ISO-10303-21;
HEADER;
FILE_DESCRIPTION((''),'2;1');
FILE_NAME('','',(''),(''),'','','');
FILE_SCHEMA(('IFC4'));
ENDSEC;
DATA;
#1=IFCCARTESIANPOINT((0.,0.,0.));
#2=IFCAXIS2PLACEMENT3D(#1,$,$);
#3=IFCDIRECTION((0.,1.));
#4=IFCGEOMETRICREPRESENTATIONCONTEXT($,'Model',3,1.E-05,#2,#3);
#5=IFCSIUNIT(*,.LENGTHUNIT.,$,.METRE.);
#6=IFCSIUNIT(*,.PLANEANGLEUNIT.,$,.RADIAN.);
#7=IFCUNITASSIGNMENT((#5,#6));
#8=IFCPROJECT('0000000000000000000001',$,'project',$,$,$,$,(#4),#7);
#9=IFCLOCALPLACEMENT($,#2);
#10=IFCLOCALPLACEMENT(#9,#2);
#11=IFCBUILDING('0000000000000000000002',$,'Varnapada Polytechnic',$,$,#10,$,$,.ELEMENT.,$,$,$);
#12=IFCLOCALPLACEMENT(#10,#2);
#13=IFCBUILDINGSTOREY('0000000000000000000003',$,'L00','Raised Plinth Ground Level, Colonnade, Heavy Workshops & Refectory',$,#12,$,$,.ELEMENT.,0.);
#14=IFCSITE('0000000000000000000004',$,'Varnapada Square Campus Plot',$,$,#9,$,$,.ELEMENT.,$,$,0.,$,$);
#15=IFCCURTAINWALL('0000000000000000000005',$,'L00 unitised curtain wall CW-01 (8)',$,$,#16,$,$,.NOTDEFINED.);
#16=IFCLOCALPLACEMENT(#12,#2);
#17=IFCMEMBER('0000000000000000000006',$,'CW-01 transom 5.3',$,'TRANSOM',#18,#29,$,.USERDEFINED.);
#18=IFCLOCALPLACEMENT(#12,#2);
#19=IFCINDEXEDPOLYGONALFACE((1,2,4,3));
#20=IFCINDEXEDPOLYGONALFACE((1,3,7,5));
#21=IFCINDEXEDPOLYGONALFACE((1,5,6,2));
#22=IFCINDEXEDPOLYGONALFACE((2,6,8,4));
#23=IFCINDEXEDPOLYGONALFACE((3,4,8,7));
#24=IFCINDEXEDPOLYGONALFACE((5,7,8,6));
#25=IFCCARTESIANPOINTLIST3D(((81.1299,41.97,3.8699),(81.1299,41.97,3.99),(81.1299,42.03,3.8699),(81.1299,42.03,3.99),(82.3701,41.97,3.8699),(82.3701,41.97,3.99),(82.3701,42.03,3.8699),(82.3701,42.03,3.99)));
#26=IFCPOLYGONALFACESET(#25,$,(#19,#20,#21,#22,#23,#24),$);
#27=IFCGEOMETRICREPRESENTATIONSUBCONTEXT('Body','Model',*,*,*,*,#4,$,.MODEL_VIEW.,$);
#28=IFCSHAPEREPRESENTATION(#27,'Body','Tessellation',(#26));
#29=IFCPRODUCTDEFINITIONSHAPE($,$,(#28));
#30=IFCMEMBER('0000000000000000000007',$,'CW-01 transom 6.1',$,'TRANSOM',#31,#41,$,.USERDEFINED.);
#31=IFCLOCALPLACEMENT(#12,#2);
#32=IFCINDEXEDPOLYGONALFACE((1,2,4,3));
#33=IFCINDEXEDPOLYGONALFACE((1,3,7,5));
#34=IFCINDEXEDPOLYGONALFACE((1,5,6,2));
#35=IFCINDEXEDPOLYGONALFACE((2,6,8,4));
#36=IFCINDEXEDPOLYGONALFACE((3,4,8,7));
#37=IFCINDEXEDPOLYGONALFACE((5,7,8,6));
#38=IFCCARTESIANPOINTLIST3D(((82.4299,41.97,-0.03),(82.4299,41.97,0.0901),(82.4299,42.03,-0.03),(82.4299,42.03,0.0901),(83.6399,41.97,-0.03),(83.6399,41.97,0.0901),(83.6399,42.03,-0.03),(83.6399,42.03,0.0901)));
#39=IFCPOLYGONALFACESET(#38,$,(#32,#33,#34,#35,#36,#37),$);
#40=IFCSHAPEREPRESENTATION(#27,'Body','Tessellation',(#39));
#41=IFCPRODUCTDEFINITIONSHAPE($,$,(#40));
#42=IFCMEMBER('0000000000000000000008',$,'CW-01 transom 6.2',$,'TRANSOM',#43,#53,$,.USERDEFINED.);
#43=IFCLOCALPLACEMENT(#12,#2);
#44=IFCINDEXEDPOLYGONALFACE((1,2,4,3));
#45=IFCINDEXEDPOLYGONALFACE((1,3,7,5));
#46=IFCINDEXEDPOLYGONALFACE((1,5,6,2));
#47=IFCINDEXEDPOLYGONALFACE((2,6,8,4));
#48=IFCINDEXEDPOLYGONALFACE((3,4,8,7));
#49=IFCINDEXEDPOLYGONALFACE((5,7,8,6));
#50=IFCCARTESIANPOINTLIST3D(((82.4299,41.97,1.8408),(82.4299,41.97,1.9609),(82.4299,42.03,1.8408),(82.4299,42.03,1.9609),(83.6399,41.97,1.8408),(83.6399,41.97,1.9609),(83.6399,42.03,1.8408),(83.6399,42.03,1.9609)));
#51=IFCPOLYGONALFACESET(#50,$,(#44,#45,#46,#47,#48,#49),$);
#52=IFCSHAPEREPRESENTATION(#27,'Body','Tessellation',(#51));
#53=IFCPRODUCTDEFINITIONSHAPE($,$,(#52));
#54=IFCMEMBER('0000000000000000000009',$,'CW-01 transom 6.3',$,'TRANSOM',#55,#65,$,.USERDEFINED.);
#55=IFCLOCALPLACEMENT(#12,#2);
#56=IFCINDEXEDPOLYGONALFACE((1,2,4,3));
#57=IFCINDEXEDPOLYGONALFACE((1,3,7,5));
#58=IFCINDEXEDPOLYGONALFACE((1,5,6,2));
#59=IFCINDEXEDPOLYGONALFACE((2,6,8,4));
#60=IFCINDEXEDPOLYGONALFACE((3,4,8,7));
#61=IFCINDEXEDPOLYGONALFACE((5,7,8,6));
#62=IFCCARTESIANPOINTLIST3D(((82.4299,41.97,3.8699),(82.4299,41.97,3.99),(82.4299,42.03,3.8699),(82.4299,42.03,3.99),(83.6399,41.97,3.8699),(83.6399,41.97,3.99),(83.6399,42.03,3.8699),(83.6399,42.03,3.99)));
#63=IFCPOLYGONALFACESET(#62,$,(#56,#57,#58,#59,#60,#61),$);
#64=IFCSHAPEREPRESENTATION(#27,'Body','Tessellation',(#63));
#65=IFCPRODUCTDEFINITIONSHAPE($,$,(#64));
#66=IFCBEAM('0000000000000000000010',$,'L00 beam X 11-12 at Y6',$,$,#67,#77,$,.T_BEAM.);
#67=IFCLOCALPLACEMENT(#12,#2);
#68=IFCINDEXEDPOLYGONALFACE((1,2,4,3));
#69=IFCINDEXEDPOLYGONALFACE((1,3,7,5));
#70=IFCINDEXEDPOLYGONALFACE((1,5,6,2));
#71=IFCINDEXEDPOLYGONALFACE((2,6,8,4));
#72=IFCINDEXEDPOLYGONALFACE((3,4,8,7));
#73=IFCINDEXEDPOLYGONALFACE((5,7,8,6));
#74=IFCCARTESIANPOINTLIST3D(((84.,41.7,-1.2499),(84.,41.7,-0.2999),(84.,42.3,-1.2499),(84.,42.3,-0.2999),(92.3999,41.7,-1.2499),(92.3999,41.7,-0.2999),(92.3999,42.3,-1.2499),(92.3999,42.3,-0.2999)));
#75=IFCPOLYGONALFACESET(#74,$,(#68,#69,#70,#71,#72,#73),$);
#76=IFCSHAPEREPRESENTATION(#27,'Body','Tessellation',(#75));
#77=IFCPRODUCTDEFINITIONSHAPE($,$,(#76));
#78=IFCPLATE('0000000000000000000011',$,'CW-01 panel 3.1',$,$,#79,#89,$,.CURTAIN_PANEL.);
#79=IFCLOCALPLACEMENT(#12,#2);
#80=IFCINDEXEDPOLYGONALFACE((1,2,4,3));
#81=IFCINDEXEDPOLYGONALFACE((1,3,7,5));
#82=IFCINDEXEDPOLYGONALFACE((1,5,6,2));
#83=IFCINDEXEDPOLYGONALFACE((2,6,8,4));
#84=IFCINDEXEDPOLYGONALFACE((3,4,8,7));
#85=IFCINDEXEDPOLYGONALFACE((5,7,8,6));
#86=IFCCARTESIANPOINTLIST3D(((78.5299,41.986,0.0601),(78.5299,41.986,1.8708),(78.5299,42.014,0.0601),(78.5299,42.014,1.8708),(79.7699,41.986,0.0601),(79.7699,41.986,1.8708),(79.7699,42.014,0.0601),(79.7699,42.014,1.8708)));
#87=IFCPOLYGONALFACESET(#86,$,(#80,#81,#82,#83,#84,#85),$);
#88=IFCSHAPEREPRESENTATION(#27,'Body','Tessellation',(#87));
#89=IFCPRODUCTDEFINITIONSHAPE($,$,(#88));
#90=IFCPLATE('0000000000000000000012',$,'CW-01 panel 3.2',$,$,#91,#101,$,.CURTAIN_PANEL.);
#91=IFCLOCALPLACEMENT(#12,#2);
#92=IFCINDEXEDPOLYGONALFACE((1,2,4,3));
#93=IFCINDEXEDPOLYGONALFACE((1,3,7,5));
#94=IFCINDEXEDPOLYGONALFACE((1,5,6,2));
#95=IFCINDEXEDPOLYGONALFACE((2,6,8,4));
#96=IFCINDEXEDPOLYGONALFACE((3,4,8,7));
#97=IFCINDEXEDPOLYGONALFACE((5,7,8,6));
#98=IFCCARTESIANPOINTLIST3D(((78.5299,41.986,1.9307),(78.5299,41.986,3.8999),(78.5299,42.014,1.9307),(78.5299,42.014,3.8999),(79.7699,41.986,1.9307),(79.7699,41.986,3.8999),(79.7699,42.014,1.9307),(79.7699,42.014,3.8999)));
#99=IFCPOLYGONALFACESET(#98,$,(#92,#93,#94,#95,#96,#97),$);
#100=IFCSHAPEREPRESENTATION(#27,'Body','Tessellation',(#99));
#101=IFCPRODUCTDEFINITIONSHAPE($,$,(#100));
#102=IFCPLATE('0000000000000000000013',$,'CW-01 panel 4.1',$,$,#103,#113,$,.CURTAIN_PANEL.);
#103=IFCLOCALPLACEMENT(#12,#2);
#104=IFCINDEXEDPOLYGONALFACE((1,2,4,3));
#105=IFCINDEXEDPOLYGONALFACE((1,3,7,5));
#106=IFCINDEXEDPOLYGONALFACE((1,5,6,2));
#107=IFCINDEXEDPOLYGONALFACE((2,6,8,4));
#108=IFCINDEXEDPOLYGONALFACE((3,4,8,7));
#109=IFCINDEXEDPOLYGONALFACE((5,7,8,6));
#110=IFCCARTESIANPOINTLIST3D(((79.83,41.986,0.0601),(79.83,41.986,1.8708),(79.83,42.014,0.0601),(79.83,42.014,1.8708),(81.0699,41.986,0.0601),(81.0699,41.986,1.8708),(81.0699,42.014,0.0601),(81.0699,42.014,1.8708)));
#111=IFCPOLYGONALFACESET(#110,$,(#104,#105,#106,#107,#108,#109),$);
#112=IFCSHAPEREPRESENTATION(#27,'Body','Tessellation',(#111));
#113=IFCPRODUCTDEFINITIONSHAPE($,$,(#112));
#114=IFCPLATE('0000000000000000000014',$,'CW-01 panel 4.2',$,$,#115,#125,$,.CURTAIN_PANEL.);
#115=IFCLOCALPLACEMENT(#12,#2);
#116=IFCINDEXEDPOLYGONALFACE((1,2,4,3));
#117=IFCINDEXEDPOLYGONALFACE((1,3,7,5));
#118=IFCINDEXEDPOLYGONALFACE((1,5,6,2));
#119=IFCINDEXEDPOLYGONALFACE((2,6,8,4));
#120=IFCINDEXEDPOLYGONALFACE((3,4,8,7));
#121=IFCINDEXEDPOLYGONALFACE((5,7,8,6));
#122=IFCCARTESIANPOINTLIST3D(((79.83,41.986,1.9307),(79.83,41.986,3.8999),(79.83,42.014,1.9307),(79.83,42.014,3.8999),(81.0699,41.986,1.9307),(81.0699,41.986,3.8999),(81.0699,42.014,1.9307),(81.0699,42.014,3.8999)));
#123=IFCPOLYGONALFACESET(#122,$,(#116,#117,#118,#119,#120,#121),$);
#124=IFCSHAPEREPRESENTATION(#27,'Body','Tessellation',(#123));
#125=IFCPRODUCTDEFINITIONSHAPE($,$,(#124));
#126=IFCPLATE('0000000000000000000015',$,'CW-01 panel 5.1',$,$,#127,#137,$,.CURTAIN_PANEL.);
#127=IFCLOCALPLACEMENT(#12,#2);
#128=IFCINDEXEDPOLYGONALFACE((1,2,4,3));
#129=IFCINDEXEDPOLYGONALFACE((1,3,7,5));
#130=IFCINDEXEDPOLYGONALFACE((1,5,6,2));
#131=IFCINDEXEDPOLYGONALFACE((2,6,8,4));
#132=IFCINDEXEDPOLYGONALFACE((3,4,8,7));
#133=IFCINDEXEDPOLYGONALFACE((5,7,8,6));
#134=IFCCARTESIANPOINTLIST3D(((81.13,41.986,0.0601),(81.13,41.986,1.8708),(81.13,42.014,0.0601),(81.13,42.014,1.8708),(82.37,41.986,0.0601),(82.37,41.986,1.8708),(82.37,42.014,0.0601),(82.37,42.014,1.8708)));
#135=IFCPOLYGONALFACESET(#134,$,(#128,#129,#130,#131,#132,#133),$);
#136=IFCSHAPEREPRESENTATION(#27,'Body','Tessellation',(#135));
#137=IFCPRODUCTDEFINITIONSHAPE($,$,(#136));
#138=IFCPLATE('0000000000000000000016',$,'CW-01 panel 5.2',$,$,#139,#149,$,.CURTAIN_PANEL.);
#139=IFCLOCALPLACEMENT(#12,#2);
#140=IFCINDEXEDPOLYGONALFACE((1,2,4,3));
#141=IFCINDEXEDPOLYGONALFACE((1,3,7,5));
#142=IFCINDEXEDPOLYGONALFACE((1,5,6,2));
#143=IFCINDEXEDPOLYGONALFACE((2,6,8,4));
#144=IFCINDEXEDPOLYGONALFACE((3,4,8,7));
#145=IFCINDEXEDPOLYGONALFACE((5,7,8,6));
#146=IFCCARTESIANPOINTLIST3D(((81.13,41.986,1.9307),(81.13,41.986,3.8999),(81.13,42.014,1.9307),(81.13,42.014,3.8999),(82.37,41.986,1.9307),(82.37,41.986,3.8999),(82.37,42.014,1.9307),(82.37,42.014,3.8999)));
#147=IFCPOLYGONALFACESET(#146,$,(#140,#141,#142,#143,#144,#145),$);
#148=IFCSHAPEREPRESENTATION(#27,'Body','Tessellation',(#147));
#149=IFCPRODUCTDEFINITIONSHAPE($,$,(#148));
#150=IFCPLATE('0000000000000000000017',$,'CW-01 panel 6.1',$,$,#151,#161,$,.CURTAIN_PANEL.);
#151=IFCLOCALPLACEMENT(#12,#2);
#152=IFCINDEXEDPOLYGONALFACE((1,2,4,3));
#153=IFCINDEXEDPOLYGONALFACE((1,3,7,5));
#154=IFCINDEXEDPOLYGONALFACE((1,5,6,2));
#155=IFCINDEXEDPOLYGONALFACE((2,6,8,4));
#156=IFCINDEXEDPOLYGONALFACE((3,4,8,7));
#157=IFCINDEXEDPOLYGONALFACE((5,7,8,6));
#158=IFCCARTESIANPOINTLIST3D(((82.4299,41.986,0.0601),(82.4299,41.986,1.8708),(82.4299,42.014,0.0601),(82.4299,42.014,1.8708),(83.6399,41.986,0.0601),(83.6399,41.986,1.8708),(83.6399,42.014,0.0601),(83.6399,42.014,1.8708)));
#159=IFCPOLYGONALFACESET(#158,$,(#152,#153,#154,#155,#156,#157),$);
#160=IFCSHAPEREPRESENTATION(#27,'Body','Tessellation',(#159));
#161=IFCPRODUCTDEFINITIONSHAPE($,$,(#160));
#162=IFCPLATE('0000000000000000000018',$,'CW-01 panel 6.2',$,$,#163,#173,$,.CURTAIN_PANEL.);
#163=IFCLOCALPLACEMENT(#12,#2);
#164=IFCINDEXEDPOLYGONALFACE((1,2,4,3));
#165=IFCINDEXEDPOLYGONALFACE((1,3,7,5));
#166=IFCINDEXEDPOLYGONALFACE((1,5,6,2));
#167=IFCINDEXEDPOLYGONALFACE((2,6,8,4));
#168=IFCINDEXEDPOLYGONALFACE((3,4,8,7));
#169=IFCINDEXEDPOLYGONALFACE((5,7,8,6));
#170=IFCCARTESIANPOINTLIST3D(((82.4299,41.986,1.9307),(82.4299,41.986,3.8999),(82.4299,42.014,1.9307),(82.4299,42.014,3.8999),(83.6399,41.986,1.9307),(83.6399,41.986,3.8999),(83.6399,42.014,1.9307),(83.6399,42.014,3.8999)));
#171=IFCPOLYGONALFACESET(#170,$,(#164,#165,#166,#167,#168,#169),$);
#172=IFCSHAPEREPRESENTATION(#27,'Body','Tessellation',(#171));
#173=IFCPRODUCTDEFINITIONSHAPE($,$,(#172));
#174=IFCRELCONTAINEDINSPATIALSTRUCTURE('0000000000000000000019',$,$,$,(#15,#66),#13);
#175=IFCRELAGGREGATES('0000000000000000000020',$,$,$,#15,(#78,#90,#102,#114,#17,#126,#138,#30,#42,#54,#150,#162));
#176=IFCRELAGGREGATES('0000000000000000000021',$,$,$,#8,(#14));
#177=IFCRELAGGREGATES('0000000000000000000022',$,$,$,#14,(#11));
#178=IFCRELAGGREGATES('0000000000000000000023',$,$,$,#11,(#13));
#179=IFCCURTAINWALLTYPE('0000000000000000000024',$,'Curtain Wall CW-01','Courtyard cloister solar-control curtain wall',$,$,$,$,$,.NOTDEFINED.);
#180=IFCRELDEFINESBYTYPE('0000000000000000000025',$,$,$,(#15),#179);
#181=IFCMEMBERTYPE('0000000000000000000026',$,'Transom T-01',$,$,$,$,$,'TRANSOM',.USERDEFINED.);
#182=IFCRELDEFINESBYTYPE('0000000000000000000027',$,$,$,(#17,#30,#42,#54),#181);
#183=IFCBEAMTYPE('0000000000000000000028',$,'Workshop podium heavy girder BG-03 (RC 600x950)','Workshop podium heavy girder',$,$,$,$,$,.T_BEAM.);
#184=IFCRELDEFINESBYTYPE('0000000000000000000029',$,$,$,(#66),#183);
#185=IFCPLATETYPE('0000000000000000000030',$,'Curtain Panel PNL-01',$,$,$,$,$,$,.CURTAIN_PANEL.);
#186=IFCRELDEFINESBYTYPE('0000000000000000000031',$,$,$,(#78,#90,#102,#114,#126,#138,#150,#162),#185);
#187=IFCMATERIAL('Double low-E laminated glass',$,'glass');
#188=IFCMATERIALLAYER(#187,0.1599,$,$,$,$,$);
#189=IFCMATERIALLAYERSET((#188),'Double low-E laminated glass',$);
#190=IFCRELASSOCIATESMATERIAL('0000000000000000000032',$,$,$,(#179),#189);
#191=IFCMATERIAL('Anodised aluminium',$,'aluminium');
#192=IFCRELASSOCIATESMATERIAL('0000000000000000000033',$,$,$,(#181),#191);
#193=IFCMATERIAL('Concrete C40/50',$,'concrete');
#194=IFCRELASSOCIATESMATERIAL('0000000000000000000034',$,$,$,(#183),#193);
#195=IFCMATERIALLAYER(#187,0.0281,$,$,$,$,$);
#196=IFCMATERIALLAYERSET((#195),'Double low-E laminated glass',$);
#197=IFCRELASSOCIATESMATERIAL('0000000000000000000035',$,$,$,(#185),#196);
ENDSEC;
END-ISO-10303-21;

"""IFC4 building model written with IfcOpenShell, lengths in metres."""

from ifc_helpers import new_model, si_unit, direction, frame, origin, origin_2d, place, context, subcontext, project, spatial, rectangle, extrude, material, layer, layer_set, material_profile, profile_set, type_object, element, aggregate, save


model = new_model("IFC4")

# Units and contexts
model_context = context("Model", 3, precision=1e-05, world=origin(), true_north=direction((0.0, 1.0)))
body_context = subcontext(model_context, "Body", "Model", "MODEL_VIEW")
ifc_project = project(units=[si_unit("LENGTHUNIT", "METRE"), si_unit("PLANEANGLEUNIT", "RADIAN")], contexts=[model_context])

# Site, building, storey
site_placement = place(None, origin())
site = spatial("IfcSite", under=ifc_project, at=site_placement, Name="Varnapada Square Campus Plot", CompositionType="ELEMENT", RefElevation=0.0)
building_placement = place(site_placement, origin())
building = spatial("IfcBuilding", under=site, at=building_placement, Name="Varnapada Polytechnic", CompositionType="ELEMENT")
storey_placement = place(building_placement, origin())
storey = spatial("IfcBuildingStorey", under=building, at=storey_placement, Name="L00", Description="Raised Plinth Ground Level, Colonnade, Heavy Workshops & Refectory", CompositionType="ELEMENT", Elevation=0.0)

# Shared definitions
ifc_material_1 = material(Name="Concrete C40/50", Category="concrete")

# Curtain wall, members
ifc_material_2 = material(Name="Double low-E laminated glass", Category="glass")
ifc_layer_1 = layer(ifc_material_2, 0.1599)
ifc_layer_set_1 = layer_set([ifc_layer_1], Name="Double low-E laminated glass")
curtain_wall_type = type_object("IfcCurtainWallType", Name="Curtain Wall CW-01", Description="Courtyard cloister solar-control curtain wall", PredefinedType="NOTDEFINED", material=ifc_layer_set_1)
curtain_wall_placement = place(storey_placement, origin())
curtain_wall = element("IfcCurtainWall", 1, at=curtain_wall_placement, inside=storey, type_object=curtain_wall_type, Name="L00 unitised curtain wall CW-01 (8)", PredefinedType="NOTDEFINED")
ifc_material_3 = material(Name="Anodised aluminium", Category="aluminium")
ifc_material_profile_1 = material_profile(ifc_material_3, rectangle(XDim=0.0601, YDim=0.1201, at=origin_2d()), Name="ALU T60x120")
ifc_profile_set_1 = profile_set([ifc_material_profile_1], Name="Anodised aluminium")
member_type_1 = type_object("IfcMemberType", Name="Transom T-01", ElementType="TRANSOM", PredefinedType="USERDEFINED", material=ifc_profile_set_1)
member_1_placement = place(storey_placement, frame((81.1299, 42.0, 3.9299), z_axis=(1.0, 0.0, 0.0), x_axis=(0.0, 1.0, 0.0)))
member_1 = element("IfcMember", 2, at=member_1_placement, type_object=member_type_1, Name="CW-01 transom 5.3", ObjectType="TRANSOM", PredefinedType="USERDEFINED", context=body_context, shape_type="SweptSolid", body=[
    extrude(rectangle(XDim=0.0601, YDim=0.1201, at=origin_2d()), origin(), (0.0, 0.0, 1.0), 1.2402),
])
member_2_placement = place(storey_placement, frame((82.4299, 42.0, 0.03), z_axis=(1.0, 0.0, 0.0), x_axis=(0.0, 1.0, 0.0)))
member_2 = element("IfcMember", 3, at=member_2_placement, type_object=member_type_1, Name="CW-01 transom 6.1", ObjectType="TRANSOM", PredefinedType="USERDEFINED", context=body_context, shape_type="SweptSolid", body=[
    extrude(rectangle(XDim=0.0601, YDim=0.1201, at=origin_2d()), origin(), (0.0, 0.0, 1.0), 1.21),
])
member_3_placement = place(storey_placement, frame((82.4299, 42.0, 1.9009), z_axis=(1.0, 0.0, 0.0), x_axis=(0.0, 1.0, 0.0)))
member_3 = element("IfcMember", 4, at=member_3_placement, type_object=member_type_1, Name="CW-01 transom 6.2", ObjectType="TRANSOM", PredefinedType="USERDEFINED", context=body_context, shape_type="SweptSolid", body=[
    extrude(rectangle(XDim=0.0601, YDim=0.1201, at=origin_2d()), origin(), (0.0, 0.0, 1.0), 1.21),
])
member_4_placement = place(storey_placement, frame((82.4299, 42.0, 3.9299), z_axis=(1.0, 0.0, 0.0), x_axis=(0.0, 1.0, 0.0)))
member_4 = element("IfcMember", 5, at=member_4_placement, type_object=member_type_1, Name="CW-01 transom 6.3", ObjectType="TRANSOM", PredefinedType="USERDEFINED", context=body_context, shape_type="SweptSolid", body=[
    extrude(rectangle(XDim=0.0601, YDim=0.1201, at=origin_2d()), origin(), (0.0, 0.0, 1.0), 1.21),
])

# Beam
ifc_material_profile_2 = material_profile(ifc_material_1, rectangle(XDim=0.6001, YDim=0.95, at=origin_2d()), Name="RC 600x950")
ifc_profile_set_2 = profile_set([ifc_material_profile_2], Name="Concrete C40/50")
beam_type = type_object("IfcBeamType", Name="Workshop podium heavy girder BG-03 (RC 600x950)", Description="Workshop podium heavy girder", PredefinedType="T_BEAM", material=ifc_profile_set_2)
beam_placement = place(storey_placement, frame((84.0, 42.0, -0.7749), z_axis=(1.0, 0.0, 0.0), x_axis=(0.0, 1.0, 0.0)))
element("IfcBeam", 6, at=beam_placement, inside=storey, type_object=beam_type, Name="L00 beam X 11-12 at Y6", PredefinedType="T_BEAM", context=body_context, shape_type="SweptSolid", body=[
    extrude(rectangle(XDim=0.6001, YDim=0.95, at=origin_2d()), origin(), (0.0, 0.0, 1.0), 8.3999),
])

# Plates
ifc_layer_2 = layer(ifc_material_2, 0.0281)
ifc_layer_set_2 = layer_set([ifc_layer_2], Name="Double low-E laminated glass")
plate_type = type_object("IfcPlateType", Name="Curtain Panel PNL-01", PredefinedType="CURTAIN_PANEL", material=ifc_layer_set_2)
plate_1_placement = place(storey_placement, frame((79.1499, 42.0, 0.0601), z_axis=(0.0, 0.0, 1.0), x_axis=(1.0, 0.0, 0.0)))
plate_1 = element("IfcPlate", 7, at=plate_1_placement, type_object=plate_type, Name="CW-01 panel 3.1", PredefinedType="CURTAIN_PANEL", context=body_context, shape_type="SweptSolid", body=[
    extrude(rectangle(XDim=1.24, YDim=0.0281, at=origin_2d()), origin(), (0.0, 0.0, 1.0), 1.8108),
])
plate_2_placement = place(storey_placement, frame((79.1499, 42.0, 1.9307), z_axis=(0.0, 0.0, 1.0), x_axis=(1.0, 0.0, 0.0)))
plate_2 = element("IfcPlate", 8, at=plate_2_placement, type_object=plate_type, Name="CW-01 panel 3.2", PredefinedType="CURTAIN_PANEL", context=body_context, shape_type="SweptSolid", body=[
    extrude(rectangle(XDim=1.24, YDim=0.0281, at=origin_2d()), origin(), (0.0, 0.0, 1.0), 1.9692),
])
plate_3_placement = place(storey_placement, frame((80.45, 42.0, 0.0601), z_axis=(0.0, 0.0, 1.0), x_axis=(1.0, 0.0, 0.0)))
plate_3 = element("IfcPlate", 9, at=plate_3_placement, type_object=plate_type, Name="CW-01 panel 4.1", PredefinedType="CURTAIN_PANEL", context=body_context, shape_type="SweptSolid", body=[
    extrude(rectangle(XDim=1.24, YDim=0.0281, at=origin_2d()), origin(), (0.0, 0.0, 1.0), 1.8108),
])
plate_4_placement = place(storey_placement, frame((80.45, 42.0, 1.9307), z_axis=(0.0, 0.0, 1.0), x_axis=(1.0, 0.0, 0.0)))
plate_4 = element("IfcPlate", 10, at=plate_4_placement, type_object=plate_type, Name="CW-01 panel 4.2", PredefinedType="CURTAIN_PANEL", context=body_context, shape_type="SweptSolid", body=[
    extrude(rectangle(XDim=1.24, YDim=0.0281, at=origin_2d()), origin(), (0.0, 0.0, 1.0), 1.9692),
])
plate_5_placement = place(storey_placement, frame((81.75, 42.0, 0.0601), z_axis=(0.0, 0.0, 1.0), x_axis=(1.0, 0.0, 0.0)))
plate_5 = element("IfcPlate", 11, at=plate_5_placement, type_object=plate_type, Name="CW-01 panel 5.1", PredefinedType="CURTAIN_PANEL", context=body_context, shape_type="SweptSolid", body=[
    extrude(rectangle(XDim=1.24, YDim=0.0281, at=origin_2d()), origin(), (0.0, 0.0, 1.0), 1.8108),
])
plate_6_placement = place(storey_placement, frame((81.75, 42.0, 1.9307), z_axis=(0.0, 0.0, 1.0), x_axis=(1.0, 0.0, 0.0)))
plate_6 = element("IfcPlate", 12, at=plate_6_placement, type_object=plate_type, Name="CW-01 panel 5.2", PredefinedType="CURTAIN_PANEL", context=body_context, shape_type="SweptSolid", body=[
    extrude(rectangle(XDim=1.24, YDim=0.0281, at=origin_2d()), origin(), (0.0, 0.0, 1.0), 1.9692),
])
plate_7_placement = place(storey_placement, frame((83.0349, 42.0, 0.0601), z_axis=(0.0, 0.0, 1.0), x_axis=(1.0, 0.0, 0.0)))
plate_7 = element("IfcPlate", 13, at=plate_7_placement, type_object=plate_type, Name="CW-01 panel 6.1", PredefinedType="CURTAIN_PANEL", context=body_context, shape_type="SweptSolid", body=[
    extrude(rectangle(XDim=1.21, YDim=0.0281, at=origin_2d()), origin(), (0.0, 0.0, 1.0), 1.8108),
])
plate_8_placement = place(storey_placement, frame((83.0349, 42.0, 1.9307), z_axis=(0.0, 0.0, 1.0), x_axis=(1.0, 0.0, 0.0)))
plate_8 = element("IfcPlate", 14, at=plate_8_placement, type_object=plate_type, Name="CW-01 panel 6.2", PredefinedType="CURTAIN_PANEL", context=body_context, shape_type="SweptSolid", body=[
    extrude(rectangle(XDim=1.21, YDim=0.0281, at=origin_2d()), origin(), (0.0, 0.0, 1.0), 1.9692),
])
aggregate(curtain_wall, [plate_1, plate_2, plate_3, plate_4, member_1, plate_5, plate_6, member_2, member_3, member_4, plate_7, plate_8])

save(model, "model.ifc")
